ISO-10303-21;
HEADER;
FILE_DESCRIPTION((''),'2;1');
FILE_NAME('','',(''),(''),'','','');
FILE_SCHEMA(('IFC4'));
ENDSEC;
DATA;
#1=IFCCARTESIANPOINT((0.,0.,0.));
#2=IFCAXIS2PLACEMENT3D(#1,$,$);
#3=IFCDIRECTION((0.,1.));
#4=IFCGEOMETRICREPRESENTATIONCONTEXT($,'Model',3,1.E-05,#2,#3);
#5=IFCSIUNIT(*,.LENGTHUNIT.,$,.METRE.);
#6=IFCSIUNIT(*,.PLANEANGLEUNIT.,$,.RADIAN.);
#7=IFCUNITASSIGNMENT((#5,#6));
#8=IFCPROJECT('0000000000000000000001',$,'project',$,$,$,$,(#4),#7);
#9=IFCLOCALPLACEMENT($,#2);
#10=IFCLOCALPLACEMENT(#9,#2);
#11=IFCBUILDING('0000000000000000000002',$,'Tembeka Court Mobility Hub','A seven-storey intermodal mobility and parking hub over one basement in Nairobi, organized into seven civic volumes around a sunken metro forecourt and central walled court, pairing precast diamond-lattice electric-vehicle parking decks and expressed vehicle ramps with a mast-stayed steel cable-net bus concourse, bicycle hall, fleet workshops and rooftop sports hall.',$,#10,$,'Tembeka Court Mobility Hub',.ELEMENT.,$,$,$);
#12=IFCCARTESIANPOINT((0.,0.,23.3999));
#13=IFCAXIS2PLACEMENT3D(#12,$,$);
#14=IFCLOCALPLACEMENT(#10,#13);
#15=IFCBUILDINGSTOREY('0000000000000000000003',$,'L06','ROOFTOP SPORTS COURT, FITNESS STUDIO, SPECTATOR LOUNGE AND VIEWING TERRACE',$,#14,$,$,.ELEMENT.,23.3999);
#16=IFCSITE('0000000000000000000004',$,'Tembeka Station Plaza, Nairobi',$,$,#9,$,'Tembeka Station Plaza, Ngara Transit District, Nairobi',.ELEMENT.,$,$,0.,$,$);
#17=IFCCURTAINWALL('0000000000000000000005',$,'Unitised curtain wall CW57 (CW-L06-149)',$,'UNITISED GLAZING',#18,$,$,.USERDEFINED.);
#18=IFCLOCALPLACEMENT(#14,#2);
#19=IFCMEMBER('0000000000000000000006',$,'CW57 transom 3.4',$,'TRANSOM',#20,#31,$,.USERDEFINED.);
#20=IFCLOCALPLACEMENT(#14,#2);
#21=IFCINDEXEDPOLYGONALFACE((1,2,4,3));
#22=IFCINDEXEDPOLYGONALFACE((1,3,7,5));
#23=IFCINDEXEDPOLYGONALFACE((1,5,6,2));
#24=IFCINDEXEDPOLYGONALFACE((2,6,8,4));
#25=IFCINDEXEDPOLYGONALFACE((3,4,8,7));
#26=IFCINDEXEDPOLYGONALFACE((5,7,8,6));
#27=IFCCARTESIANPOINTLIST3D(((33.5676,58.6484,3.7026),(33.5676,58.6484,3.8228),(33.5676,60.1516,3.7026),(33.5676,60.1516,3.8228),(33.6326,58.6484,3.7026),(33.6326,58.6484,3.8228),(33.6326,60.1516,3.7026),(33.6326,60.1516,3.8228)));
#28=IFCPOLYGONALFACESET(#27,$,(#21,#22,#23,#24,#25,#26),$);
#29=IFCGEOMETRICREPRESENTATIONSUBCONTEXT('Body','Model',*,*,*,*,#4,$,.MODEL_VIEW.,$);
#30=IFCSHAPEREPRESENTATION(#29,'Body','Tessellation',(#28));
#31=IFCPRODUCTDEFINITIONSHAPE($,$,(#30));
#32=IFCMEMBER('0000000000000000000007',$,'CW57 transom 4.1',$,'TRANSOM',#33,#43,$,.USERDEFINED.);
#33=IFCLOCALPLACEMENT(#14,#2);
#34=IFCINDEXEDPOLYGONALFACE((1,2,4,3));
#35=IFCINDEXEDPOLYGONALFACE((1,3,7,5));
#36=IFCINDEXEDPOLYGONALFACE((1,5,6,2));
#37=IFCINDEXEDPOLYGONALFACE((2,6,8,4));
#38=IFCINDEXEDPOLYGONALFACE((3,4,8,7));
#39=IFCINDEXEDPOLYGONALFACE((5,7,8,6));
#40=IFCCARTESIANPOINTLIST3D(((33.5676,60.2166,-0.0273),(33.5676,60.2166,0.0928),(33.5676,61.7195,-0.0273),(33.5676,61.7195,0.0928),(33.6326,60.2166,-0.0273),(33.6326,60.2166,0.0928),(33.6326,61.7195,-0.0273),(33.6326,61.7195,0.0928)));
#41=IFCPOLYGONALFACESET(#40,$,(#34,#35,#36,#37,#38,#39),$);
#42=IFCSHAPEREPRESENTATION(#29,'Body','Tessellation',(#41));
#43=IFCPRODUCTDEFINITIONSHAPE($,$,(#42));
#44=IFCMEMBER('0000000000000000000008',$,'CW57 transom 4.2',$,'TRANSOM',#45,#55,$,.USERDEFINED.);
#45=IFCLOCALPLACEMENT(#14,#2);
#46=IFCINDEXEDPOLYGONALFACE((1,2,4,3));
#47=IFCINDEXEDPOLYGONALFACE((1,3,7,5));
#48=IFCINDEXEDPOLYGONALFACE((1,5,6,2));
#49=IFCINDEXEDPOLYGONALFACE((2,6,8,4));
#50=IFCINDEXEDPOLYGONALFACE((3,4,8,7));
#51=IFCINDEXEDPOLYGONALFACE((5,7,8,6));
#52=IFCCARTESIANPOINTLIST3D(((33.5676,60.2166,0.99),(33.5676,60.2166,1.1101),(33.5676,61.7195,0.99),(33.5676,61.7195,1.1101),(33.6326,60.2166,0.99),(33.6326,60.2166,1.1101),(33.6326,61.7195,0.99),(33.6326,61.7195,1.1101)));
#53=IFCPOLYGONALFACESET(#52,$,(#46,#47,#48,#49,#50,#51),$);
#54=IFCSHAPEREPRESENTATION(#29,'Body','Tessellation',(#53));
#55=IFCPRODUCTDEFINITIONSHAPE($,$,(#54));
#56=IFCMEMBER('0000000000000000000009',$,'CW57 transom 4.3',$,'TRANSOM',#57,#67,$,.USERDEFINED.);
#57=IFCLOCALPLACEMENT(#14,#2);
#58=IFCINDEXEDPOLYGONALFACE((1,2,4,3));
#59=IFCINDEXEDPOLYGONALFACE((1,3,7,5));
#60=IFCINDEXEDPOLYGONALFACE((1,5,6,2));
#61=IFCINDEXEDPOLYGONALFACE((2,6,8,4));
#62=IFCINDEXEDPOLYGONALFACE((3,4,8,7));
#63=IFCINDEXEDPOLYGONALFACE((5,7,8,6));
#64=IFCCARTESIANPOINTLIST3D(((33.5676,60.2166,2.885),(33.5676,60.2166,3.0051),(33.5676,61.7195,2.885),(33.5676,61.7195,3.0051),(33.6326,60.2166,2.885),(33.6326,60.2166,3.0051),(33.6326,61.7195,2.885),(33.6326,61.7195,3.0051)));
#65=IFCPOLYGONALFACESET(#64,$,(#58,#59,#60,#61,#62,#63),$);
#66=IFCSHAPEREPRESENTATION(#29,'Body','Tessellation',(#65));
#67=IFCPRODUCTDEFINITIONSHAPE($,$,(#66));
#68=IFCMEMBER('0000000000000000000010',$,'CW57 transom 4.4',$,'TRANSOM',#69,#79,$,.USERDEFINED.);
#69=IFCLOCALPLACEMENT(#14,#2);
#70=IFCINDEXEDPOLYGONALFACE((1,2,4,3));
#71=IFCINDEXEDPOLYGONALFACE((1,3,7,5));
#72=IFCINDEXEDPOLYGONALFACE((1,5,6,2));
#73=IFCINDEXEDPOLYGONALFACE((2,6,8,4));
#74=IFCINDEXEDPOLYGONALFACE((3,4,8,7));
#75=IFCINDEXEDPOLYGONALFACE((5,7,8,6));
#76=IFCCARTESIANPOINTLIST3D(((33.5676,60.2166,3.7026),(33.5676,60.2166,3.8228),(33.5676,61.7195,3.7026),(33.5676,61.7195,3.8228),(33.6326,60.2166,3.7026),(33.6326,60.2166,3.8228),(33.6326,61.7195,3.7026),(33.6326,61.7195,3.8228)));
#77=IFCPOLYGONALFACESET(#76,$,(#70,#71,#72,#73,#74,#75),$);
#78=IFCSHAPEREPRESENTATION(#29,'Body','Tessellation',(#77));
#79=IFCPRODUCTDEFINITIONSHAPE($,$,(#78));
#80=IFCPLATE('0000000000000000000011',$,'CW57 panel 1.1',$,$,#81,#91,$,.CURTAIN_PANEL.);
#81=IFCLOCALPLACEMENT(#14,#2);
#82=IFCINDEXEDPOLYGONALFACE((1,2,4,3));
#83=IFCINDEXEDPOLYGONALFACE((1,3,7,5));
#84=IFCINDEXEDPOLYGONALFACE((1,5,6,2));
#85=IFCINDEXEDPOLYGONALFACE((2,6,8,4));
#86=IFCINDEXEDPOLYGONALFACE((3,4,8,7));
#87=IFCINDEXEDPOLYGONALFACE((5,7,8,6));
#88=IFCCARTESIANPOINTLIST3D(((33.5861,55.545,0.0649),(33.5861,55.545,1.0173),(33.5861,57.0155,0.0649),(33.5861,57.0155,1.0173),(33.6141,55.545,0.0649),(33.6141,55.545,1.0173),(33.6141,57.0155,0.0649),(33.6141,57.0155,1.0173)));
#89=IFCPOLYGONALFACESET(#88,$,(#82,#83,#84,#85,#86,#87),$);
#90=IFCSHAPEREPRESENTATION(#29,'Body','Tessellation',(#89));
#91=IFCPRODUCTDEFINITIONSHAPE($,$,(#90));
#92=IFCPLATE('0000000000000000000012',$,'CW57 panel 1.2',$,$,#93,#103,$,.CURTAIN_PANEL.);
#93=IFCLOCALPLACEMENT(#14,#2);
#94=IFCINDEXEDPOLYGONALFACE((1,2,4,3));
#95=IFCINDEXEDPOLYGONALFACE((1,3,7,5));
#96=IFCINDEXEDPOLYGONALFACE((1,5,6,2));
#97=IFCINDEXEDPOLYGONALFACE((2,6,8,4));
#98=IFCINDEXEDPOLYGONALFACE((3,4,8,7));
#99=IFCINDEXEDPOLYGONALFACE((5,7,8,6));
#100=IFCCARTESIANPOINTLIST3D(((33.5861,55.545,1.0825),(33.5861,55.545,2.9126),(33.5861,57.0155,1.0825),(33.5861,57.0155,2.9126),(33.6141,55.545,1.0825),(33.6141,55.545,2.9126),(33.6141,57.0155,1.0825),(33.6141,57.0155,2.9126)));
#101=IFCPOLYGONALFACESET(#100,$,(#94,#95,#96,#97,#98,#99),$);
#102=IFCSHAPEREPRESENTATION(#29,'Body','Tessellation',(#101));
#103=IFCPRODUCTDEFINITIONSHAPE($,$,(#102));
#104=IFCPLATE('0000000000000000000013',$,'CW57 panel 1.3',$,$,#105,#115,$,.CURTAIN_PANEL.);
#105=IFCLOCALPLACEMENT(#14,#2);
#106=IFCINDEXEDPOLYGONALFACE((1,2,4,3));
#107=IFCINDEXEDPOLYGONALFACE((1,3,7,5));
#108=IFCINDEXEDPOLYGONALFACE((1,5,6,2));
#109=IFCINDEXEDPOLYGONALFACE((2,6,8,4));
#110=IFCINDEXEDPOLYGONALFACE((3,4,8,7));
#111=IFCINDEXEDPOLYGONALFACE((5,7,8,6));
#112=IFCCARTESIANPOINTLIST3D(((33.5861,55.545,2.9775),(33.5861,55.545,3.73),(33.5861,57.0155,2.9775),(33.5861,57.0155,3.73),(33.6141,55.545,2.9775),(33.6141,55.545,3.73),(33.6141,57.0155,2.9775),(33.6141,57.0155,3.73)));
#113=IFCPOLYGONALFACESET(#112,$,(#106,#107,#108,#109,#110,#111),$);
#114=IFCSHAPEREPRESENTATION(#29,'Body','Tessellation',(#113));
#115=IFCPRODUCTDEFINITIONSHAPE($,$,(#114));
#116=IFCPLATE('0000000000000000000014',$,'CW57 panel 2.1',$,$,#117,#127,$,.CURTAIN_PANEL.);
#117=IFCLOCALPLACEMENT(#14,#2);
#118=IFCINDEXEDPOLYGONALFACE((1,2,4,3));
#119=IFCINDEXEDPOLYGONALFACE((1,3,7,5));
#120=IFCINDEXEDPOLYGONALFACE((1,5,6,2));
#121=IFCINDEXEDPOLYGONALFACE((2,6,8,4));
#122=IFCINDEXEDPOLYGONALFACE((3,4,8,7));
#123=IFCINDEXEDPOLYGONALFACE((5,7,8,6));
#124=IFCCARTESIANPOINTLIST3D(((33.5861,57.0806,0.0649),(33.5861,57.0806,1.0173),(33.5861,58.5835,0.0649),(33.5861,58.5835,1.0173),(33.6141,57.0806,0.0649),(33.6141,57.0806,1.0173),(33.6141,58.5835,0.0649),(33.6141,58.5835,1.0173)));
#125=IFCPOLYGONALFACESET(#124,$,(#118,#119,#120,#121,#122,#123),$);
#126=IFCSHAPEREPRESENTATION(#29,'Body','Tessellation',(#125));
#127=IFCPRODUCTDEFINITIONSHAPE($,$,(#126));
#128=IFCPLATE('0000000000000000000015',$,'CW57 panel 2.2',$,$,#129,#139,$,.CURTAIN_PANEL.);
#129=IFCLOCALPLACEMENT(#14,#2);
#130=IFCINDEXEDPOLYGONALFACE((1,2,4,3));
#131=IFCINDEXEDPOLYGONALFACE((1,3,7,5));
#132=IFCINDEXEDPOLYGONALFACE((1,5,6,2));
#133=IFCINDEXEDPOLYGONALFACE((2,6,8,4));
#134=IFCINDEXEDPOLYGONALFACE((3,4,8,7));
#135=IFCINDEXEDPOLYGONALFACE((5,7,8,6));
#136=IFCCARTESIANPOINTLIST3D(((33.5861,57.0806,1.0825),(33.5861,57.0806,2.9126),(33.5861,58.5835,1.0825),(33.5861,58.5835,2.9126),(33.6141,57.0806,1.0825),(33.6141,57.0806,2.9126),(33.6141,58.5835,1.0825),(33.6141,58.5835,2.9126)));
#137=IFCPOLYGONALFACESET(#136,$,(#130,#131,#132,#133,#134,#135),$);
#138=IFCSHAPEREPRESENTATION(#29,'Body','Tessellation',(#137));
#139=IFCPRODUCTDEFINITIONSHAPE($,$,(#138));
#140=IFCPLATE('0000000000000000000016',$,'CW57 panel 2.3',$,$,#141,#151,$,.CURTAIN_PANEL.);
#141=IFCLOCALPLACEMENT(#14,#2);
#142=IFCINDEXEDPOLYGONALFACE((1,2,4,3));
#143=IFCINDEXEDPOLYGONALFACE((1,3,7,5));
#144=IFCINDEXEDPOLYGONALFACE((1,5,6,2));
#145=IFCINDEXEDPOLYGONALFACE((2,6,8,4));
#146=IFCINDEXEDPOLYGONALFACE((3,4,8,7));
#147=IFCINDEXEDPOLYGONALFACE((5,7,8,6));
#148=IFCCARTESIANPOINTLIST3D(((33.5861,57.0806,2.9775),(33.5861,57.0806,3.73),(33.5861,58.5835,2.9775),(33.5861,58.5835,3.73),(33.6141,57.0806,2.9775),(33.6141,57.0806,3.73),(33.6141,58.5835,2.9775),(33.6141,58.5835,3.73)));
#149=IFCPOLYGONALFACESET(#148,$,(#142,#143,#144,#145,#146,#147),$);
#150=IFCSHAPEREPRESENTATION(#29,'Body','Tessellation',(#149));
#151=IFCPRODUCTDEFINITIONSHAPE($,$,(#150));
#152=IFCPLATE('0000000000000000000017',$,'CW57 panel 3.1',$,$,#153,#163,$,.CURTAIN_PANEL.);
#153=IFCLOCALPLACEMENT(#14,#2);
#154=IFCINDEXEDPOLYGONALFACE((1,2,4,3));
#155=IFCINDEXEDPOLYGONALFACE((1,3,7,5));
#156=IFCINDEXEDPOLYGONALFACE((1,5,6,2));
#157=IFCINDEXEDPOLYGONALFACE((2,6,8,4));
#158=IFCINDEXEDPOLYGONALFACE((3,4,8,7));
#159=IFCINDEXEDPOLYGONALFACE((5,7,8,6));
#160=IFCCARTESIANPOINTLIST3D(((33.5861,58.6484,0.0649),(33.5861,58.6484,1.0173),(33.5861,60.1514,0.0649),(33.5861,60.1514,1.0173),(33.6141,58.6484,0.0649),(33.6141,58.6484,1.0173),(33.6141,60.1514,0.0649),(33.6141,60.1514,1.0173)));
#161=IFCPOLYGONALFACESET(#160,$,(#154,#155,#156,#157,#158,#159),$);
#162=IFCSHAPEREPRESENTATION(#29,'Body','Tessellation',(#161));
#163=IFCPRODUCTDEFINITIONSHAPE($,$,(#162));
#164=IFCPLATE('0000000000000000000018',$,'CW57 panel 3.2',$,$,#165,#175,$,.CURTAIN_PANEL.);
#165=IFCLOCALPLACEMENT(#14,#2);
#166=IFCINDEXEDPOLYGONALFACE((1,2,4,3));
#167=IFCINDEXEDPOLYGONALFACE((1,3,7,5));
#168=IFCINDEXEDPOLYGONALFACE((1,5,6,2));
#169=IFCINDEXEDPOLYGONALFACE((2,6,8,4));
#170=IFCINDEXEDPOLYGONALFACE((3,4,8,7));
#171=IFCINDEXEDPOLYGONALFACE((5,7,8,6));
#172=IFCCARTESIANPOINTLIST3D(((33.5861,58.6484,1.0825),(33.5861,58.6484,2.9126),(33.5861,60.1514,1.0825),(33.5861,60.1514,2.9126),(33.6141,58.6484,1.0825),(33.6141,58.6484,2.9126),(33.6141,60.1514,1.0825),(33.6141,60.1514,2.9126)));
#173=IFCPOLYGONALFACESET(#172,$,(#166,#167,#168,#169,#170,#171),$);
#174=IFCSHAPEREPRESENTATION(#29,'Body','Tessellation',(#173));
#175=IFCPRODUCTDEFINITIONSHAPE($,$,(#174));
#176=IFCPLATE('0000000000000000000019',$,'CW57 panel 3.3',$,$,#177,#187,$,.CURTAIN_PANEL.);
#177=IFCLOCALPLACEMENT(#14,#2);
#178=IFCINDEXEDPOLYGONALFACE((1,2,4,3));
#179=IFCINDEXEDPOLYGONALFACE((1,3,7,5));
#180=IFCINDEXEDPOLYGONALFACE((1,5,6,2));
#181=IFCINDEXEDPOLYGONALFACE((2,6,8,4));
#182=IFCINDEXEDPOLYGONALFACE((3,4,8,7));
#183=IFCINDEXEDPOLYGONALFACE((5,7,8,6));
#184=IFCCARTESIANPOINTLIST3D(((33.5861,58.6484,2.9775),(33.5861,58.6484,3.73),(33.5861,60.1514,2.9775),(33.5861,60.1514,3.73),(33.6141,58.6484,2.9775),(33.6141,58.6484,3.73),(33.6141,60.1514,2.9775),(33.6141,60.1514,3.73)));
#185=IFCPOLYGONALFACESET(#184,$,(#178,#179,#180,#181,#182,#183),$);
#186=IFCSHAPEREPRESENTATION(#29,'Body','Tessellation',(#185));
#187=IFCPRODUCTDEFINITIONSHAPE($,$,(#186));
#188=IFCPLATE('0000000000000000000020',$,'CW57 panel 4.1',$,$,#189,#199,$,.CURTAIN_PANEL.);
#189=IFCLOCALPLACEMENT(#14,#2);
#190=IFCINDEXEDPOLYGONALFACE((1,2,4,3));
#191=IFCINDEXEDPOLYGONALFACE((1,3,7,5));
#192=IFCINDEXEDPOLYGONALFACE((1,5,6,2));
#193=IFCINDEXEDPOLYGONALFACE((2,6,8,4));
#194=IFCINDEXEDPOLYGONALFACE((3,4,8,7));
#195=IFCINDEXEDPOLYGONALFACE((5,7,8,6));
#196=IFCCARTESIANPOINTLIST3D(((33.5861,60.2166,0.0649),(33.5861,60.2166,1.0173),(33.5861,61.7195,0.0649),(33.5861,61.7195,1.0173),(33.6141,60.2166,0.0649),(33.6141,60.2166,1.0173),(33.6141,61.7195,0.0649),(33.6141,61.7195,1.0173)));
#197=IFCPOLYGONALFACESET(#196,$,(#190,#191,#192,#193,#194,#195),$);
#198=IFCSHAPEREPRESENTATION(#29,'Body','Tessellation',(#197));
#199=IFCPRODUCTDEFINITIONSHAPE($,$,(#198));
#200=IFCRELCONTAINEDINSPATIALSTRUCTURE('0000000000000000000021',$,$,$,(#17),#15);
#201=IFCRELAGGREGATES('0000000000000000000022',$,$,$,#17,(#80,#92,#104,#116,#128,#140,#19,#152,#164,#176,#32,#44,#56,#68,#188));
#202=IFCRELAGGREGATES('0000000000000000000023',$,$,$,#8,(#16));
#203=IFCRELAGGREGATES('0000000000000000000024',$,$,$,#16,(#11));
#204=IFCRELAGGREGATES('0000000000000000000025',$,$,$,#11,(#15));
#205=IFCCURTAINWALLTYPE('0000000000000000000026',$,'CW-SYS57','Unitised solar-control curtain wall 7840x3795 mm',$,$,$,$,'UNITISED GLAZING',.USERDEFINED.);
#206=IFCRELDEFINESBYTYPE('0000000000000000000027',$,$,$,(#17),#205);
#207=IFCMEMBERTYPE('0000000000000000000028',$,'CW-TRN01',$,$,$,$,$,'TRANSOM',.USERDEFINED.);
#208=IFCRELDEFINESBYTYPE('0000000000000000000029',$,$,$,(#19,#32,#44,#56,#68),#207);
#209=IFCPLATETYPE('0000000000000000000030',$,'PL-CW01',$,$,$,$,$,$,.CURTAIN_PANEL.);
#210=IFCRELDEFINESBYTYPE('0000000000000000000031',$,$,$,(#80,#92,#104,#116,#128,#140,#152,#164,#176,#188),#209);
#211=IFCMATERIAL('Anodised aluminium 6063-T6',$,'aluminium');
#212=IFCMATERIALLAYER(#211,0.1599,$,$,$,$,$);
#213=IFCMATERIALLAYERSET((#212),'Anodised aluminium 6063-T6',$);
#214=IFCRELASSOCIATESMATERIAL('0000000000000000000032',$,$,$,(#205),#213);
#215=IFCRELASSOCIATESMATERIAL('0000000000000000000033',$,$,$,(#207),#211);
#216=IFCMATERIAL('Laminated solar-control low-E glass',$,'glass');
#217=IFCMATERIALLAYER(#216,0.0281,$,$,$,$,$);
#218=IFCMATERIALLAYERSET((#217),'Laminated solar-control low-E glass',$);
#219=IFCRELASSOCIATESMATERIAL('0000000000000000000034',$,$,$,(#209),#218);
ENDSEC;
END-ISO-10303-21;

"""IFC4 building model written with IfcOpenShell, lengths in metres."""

from ifc_helpers import new_model, si_unit, direction, frame, origin, origin_2d, place, context, subcontext, project, spatial, rectangle, extrude, material, layer, layer_set, material_profile, profile_set, type_object, element, aggregate, save


model = new_model("IFC4")

# Units and contexts
model_context = context("Model", 3, precision=1e-05, world=origin(), true_north=direction((0.0, 1.0)))
body_context = subcontext(model_context, "Body", "Model", "MODEL_VIEW")
ifc_project = project(units=[si_unit("LENGTHUNIT", "METRE"), si_unit("PLANEANGLEUNIT", "RADIAN")], contexts=[model_context])

# Site, building, storey
site_placement = place(None, origin())
site = spatial("IfcSite", under=ifc_project, at=site_placement, Name="Tembeka Station Plaza, Nairobi", LongName="Tembeka Station Plaza, Ngara Transit District, Nairobi", CompositionType="ELEMENT", RefElevation=0.0)
building_placement = place(site_placement, origin())
building = spatial("IfcBuilding", under=site, at=building_placement, Name="Tembeka Court Mobility Hub", Description="A seven-storey intermodal mobility and parking hub over one basement in Nairobi, organized into seven civic volumes around a sunken metro forecourt and central walled court, pairing precast diamond-lattice electric-vehicle parking decks and expressed vehicle ramps with a mast-stayed steel cable-net bus concourse, bicycle hall, fleet workshops and rooftop sports hall.", LongName="Tembeka Court Mobility Hub", CompositionType="ELEMENT")
storey_placement = place(building_placement, frame((0.0, 0.0, 23.3999)))
storey = spatial("IfcBuildingStorey", under=building, at=storey_placement, Name="L06", Description="ROOFTOP SPORTS COURT, FITNESS STUDIO, SPECTATOR LOUNGE AND VIEWING TERRACE", CompositionType="ELEMENT", Elevation=23.3999)

# Curtain wall, members, plates
ifc_material_1 = material(Name="Anodised aluminium 6063-T6", Category="aluminium")
ifc_layer_1 = layer(ifc_material_1, 0.1599)
ifc_layer_set_1 = layer_set([ifc_layer_1], Name="Anodised aluminium 6063-T6")
curtain_wall_type = type_object("IfcCurtainWallType", Name="CW-SYS57", Description="Unitised solar-control curtain wall 7840x3795 mm", ElementType="UNITISED GLAZING", PredefinedType="USERDEFINED", material=ifc_layer_set_1)
curtain_wall_placement = place(storey_placement, origin())
curtain_wall = element("IfcCurtainWall", 1, at=curtain_wall_placement, inside=storey, type_object=curtain_wall_type, Name="Unitised curtain wall CW57 (CW-L06-149)", ObjectType="UNITISED GLAZING", PredefinedType="USERDEFINED")
ifc_material_profile_1 = material_profile(ifc_material_1, rectangle(XDim=0.0649, YDim=0.1201, at=origin_2d()), Name="ALU-TRN 65x120")
ifc_profile_set_1 = profile_set([ifc_material_profile_1], Name="Anodised aluminium 6063-T6")
member_type_1 = type_object("IfcMemberType", Name="CW-TRN01", ElementType="TRANSOM", PredefinedType="USERDEFINED", material=ifc_profile_set_1)
member_1_placement = place(storey_placement, frame((33.6001, 58.6484, 3.7627), z_axis=(0.0, 1.0, 0.0), x_axis=(-1.0, 0.0, 0.0)))
member_1 = element("IfcMember", 2, at=member_1_placement, type_object=member_type_1, Name="CW57 transom 3.4", ObjectType="TRANSOM", PredefinedType="USERDEFINED", context=body_context, shape_type="SweptSolid", body=[
    extrude(rectangle(XDim=0.0649, YDim=0.1201, at=origin_2d()), origin(), (0.0, 0.0, 1.0), 1.5032),
])
member_2_placement = place(storey_placement, frame((33.6001, 60.2166, 0.0327), z_axis=(0.0, 1.0, 0.0), x_axis=(-1.0, 0.0, 0.0)))
member_2 = element("IfcMember", 3, at=member_2_placement, type_object=member_type_1, Name="CW57 transom 4.1", ObjectType="TRANSOM", PredefinedType="USERDEFINED", context=body_context, shape_type="SweptSolid", body=[
    extrude(rectangle(XDim=0.0649, YDim=0.1201, at=origin_2d()), origin(), (0.0, 0.0, 1.0), 1.5029),
])
member_3_placement = place(storey_placement, frame((33.6001, 60.2166, 1.05), z_axis=(0.0, 1.0, 0.0), x_axis=(-1.0, 0.0, 0.0)))
member_3 = element("IfcMember", 4, at=member_3_placement, type_object=member_type_1, Name="CW57 transom 4.2", ObjectType="TRANSOM", PredefinedType="USERDEFINED", context=body_context, shape_type="SweptSolid", body=[
    extrude(rectangle(XDim=0.0649, YDim=0.1201, at=origin_2d()), origin(), (0.0, 0.0, 1.0), 1.5029),
])
member_4_placement = place(storey_placement, frame((33.6001, 60.2166, 2.9451), z_axis=(0.0, 1.0, 0.0), x_axis=(-1.0, 0.0, 0.0)))
member_4 = element("IfcMember", 5, at=member_4_placement, type_object=member_type_1, Name="CW57 transom 4.3", ObjectType="TRANSOM", PredefinedType="USERDEFINED", context=body_context, shape_type="SweptSolid", body=[
    extrude(rectangle(XDim=0.0649, YDim=0.1201, at=origin_2d()), origin(), (0.0, 0.0, 1.0), 1.5029),
])
member_5_placement = place(storey_placement, frame((33.6001, 60.2166, 3.7627), z_axis=(0.0, 1.0, 0.0), x_axis=(-1.0, 0.0, 0.0)))
member_5 = element("IfcMember", 6, at=member_5_placement, type_object=member_type_1, Name="CW57 transom 4.4", ObjectType="TRANSOM", PredefinedType="USERDEFINED", context=body_context, shape_type="SweptSolid", body=[
    extrude(rectangle(XDim=0.0649, YDim=0.1201, at=origin_2d()), origin(), (0.0, 0.0, 1.0), 1.5029),
])
ifc_material_2 = material(Name="Laminated solar-control low-E glass", Category="glass")
ifc_layer_2 = layer(ifc_material_2, 0.0281)
ifc_layer_set_2 = layer_set([ifc_layer_2], Name="Laminated solar-control low-E glass")
plate_type = type_object("IfcPlateType", Name="PL-CW01", PredefinedType="CURTAIN_PANEL", material=ifc_layer_set_2)
plate_1_placement = place(storey_placement, frame((33.6001, 56.2803, 0.0649), z_axis=(0.0, 0.0, 1.0), x_axis=(0.0, 1.0, 0.0)))
plate_1 = element("IfcPlate", 7, at=plate_1_placement, type_object=plate_type, Name="CW57 panel 1.1", PredefinedType="CURTAIN_PANEL", context=body_context, shape_type="SweptSolid", body=[
    extrude(rectangle(XDim=1.4705, YDim=0.0281, at=origin_2d()), origin(), (0.0, 0.0, 1.0), 0.9524),
])
plate_2_placement = place(storey_placement, frame((33.6001, 56.2803, 1.0825), z_axis=(0.0, 0.0, 1.0), x_axis=(0.0, 1.0, 0.0)))
plate_2 = element("IfcPlate", 8, at=plate_2_placement, type_object=plate_type, Name="CW57 panel 1.2", PredefinedType="CURTAIN_PANEL", context=body_context, shape_type="SweptSolid", body=[
    extrude(rectangle(XDim=1.4705, YDim=0.0281, at=origin_2d()), origin(), (0.0, 0.0, 1.0), 1.8301),
])
plate_3_placement = place(storey_placement, frame((33.6001, 56.2803, 2.9775), z_axis=(0.0, 0.0, 1.0), x_axis=(0.0, 1.0, 0.0)))
plate_3 = element("IfcPlate", 9, at=plate_3_placement, type_object=plate_type, Name="CW57 panel 1.3", PredefinedType="CURTAIN_PANEL", context=body_context, shape_type="SweptSolid", body=[
    extrude(rectangle(XDim=1.4705, YDim=0.0281, at=origin_2d()), origin(), (0.0, 0.0, 1.0), 0.7524),
])
plate_4_placement = place(storey_placement, frame((33.6001, 57.832, 0.0649), z_axis=(0.0, 0.0, 1.0), x_axis=(0.0, 1.0, 0.0)))
plate_4 = element("IfcPlate", 10, at=plate_4_placement, type_object=plate_type, Name="CW57 panel 2.1", PredefinedType="CURTAIN_PANEL", context=body_context, shape_type="SweptSolid", body=[
    extrude(rectangle(XDim=1.5029, YDim=0.0281, at=origin_2d()), origin(), (0.0, 0.0, 1.0), 0.9524),
])
plate_5_placement = place(storey_placement, frame((33.6001, 57.832, 1.0825), z_axis=(0.0, 0.0, 1.0), x_axis=(0.0, 1.0, 0.0)))
plate_5 = element("IfcPlate", 11, at=plate_5_placement, type_object=plate_type, Name="CW57 panel 2.2", PredefinedType="CURTAIN_PANEL", context=body_context, shape_type="SweptSolid", body=[
    extrude(rectangle(XDim=1.5029, YDim=0.0281, at=origin_2d()), origin(), (0.0, 0.0, 1.0), 1.8301),
])
plate_6_placement = place(storey_placement, frame((33.6001, 57.832, 2.9775), z_axis=(0.0, 0.0, 1.0), x_axis=(0.0, 1.0, 0.0)))
plate_6 = element("IfcPlate", 12, at=plate_6_placement, type_object=plate_type, Name="CW57 panel 2.3", PredefinedType="CURTAIN_PANEL", context=body_context, shape_type="SweptSolid", body=[
    extrude(rectangle(XDim=1.5029, YDim=0.0281, at=origin_2d()), origin(), (0.0, 0.0, 1.0), 0.7524),
])
plate_7_placement = place(storey_placement, frame((33.6001, 59.3999, 0.0649), z_axis=(0.0, 0.0, 1.0), x_axis=(0.0, 1.0, 0.0)))
plate_7 = element("IfcPlate", 13, at=plate_7_placement, type_object=plate_type, Name="CW57 panel 3.1", PredefinedType="CURTAIN_PANEL", context=body_context, shape_type="SweptSolid", body=[
    extrude(rectangle(XDim=1.5029, YDim=0.0281, at=origin_2d()), origin(), (0.0, 0.0, 1.0), 0.9524),
])
plate_8_placement = place(storey_placement, frame((33.6001, 59.3999, 1.0825), z_axis=(0.0, 0.0, 1.0), x_axis=(0.0, 1.0, 0.0)))
plate_8 = element("IfcPlate", 14, at=plate_8_placement, type_object=plate_type, Name="CW57 panel 3.2", PredefinedType="CURTAIN_PANEL", context=body_context, shape_type="SweptSolid", body=[
    extrude(rectangle(XDim=1.5029, YDim=0.0281, at=origin_2d()), origin(), (0.0, 0.0, 1.0), 1.8301),
])
plate_9_placement = place(storey_placement, frame((33.6001, 59.3999, 2.9775), z_axis=(0.0, 0.0, 1.0), x_axis=(0.0, 1.0, 0.0)))
plate_9 = element("IfcPlate", 15, at=plate_9_placement, type_object=plate_type, Name="CW57 panel 3.3", PredefinedType="CURTAIN_PANEL", context=body_context, shape_type="SweptSolid", body=[
    extrude(rectangle(XDim=1.5029, YDim=0.0281, at=origin_2d()), origin(), (0.0, 0.0, 1.0), 0.7524),
])
plate_10_placement = place(storey_placement, frame((33.6001, 60.968, 0.0649), z_axis=(0.0, 0.0, 1.0), x_axis=(0.0, 1.0, 0.0)))
plate_10 = element("IfcPlate", 16, at=plate_10_placement, type_object=plate_type, Name="CW57 panel 4.1", PredefinedType="CURTAIN_PANEL", context=body_context, shape_type="SweptSolid", body=[
    extrude(rectangle(XDim=1.5029, YDim=0.0281, at=origin_2d()), origin(), (0.0, 0.0, 1.0), 0.9524),
])
aggregate(curtain_wall, [plate_1, plate_2, plate_3, plate_4, plate_5, plate_6, member_1, plate_7, plate_8, plate_9, member_2, member_3, member_4, member_5, plate_10])

save(model, "model.ifc")
